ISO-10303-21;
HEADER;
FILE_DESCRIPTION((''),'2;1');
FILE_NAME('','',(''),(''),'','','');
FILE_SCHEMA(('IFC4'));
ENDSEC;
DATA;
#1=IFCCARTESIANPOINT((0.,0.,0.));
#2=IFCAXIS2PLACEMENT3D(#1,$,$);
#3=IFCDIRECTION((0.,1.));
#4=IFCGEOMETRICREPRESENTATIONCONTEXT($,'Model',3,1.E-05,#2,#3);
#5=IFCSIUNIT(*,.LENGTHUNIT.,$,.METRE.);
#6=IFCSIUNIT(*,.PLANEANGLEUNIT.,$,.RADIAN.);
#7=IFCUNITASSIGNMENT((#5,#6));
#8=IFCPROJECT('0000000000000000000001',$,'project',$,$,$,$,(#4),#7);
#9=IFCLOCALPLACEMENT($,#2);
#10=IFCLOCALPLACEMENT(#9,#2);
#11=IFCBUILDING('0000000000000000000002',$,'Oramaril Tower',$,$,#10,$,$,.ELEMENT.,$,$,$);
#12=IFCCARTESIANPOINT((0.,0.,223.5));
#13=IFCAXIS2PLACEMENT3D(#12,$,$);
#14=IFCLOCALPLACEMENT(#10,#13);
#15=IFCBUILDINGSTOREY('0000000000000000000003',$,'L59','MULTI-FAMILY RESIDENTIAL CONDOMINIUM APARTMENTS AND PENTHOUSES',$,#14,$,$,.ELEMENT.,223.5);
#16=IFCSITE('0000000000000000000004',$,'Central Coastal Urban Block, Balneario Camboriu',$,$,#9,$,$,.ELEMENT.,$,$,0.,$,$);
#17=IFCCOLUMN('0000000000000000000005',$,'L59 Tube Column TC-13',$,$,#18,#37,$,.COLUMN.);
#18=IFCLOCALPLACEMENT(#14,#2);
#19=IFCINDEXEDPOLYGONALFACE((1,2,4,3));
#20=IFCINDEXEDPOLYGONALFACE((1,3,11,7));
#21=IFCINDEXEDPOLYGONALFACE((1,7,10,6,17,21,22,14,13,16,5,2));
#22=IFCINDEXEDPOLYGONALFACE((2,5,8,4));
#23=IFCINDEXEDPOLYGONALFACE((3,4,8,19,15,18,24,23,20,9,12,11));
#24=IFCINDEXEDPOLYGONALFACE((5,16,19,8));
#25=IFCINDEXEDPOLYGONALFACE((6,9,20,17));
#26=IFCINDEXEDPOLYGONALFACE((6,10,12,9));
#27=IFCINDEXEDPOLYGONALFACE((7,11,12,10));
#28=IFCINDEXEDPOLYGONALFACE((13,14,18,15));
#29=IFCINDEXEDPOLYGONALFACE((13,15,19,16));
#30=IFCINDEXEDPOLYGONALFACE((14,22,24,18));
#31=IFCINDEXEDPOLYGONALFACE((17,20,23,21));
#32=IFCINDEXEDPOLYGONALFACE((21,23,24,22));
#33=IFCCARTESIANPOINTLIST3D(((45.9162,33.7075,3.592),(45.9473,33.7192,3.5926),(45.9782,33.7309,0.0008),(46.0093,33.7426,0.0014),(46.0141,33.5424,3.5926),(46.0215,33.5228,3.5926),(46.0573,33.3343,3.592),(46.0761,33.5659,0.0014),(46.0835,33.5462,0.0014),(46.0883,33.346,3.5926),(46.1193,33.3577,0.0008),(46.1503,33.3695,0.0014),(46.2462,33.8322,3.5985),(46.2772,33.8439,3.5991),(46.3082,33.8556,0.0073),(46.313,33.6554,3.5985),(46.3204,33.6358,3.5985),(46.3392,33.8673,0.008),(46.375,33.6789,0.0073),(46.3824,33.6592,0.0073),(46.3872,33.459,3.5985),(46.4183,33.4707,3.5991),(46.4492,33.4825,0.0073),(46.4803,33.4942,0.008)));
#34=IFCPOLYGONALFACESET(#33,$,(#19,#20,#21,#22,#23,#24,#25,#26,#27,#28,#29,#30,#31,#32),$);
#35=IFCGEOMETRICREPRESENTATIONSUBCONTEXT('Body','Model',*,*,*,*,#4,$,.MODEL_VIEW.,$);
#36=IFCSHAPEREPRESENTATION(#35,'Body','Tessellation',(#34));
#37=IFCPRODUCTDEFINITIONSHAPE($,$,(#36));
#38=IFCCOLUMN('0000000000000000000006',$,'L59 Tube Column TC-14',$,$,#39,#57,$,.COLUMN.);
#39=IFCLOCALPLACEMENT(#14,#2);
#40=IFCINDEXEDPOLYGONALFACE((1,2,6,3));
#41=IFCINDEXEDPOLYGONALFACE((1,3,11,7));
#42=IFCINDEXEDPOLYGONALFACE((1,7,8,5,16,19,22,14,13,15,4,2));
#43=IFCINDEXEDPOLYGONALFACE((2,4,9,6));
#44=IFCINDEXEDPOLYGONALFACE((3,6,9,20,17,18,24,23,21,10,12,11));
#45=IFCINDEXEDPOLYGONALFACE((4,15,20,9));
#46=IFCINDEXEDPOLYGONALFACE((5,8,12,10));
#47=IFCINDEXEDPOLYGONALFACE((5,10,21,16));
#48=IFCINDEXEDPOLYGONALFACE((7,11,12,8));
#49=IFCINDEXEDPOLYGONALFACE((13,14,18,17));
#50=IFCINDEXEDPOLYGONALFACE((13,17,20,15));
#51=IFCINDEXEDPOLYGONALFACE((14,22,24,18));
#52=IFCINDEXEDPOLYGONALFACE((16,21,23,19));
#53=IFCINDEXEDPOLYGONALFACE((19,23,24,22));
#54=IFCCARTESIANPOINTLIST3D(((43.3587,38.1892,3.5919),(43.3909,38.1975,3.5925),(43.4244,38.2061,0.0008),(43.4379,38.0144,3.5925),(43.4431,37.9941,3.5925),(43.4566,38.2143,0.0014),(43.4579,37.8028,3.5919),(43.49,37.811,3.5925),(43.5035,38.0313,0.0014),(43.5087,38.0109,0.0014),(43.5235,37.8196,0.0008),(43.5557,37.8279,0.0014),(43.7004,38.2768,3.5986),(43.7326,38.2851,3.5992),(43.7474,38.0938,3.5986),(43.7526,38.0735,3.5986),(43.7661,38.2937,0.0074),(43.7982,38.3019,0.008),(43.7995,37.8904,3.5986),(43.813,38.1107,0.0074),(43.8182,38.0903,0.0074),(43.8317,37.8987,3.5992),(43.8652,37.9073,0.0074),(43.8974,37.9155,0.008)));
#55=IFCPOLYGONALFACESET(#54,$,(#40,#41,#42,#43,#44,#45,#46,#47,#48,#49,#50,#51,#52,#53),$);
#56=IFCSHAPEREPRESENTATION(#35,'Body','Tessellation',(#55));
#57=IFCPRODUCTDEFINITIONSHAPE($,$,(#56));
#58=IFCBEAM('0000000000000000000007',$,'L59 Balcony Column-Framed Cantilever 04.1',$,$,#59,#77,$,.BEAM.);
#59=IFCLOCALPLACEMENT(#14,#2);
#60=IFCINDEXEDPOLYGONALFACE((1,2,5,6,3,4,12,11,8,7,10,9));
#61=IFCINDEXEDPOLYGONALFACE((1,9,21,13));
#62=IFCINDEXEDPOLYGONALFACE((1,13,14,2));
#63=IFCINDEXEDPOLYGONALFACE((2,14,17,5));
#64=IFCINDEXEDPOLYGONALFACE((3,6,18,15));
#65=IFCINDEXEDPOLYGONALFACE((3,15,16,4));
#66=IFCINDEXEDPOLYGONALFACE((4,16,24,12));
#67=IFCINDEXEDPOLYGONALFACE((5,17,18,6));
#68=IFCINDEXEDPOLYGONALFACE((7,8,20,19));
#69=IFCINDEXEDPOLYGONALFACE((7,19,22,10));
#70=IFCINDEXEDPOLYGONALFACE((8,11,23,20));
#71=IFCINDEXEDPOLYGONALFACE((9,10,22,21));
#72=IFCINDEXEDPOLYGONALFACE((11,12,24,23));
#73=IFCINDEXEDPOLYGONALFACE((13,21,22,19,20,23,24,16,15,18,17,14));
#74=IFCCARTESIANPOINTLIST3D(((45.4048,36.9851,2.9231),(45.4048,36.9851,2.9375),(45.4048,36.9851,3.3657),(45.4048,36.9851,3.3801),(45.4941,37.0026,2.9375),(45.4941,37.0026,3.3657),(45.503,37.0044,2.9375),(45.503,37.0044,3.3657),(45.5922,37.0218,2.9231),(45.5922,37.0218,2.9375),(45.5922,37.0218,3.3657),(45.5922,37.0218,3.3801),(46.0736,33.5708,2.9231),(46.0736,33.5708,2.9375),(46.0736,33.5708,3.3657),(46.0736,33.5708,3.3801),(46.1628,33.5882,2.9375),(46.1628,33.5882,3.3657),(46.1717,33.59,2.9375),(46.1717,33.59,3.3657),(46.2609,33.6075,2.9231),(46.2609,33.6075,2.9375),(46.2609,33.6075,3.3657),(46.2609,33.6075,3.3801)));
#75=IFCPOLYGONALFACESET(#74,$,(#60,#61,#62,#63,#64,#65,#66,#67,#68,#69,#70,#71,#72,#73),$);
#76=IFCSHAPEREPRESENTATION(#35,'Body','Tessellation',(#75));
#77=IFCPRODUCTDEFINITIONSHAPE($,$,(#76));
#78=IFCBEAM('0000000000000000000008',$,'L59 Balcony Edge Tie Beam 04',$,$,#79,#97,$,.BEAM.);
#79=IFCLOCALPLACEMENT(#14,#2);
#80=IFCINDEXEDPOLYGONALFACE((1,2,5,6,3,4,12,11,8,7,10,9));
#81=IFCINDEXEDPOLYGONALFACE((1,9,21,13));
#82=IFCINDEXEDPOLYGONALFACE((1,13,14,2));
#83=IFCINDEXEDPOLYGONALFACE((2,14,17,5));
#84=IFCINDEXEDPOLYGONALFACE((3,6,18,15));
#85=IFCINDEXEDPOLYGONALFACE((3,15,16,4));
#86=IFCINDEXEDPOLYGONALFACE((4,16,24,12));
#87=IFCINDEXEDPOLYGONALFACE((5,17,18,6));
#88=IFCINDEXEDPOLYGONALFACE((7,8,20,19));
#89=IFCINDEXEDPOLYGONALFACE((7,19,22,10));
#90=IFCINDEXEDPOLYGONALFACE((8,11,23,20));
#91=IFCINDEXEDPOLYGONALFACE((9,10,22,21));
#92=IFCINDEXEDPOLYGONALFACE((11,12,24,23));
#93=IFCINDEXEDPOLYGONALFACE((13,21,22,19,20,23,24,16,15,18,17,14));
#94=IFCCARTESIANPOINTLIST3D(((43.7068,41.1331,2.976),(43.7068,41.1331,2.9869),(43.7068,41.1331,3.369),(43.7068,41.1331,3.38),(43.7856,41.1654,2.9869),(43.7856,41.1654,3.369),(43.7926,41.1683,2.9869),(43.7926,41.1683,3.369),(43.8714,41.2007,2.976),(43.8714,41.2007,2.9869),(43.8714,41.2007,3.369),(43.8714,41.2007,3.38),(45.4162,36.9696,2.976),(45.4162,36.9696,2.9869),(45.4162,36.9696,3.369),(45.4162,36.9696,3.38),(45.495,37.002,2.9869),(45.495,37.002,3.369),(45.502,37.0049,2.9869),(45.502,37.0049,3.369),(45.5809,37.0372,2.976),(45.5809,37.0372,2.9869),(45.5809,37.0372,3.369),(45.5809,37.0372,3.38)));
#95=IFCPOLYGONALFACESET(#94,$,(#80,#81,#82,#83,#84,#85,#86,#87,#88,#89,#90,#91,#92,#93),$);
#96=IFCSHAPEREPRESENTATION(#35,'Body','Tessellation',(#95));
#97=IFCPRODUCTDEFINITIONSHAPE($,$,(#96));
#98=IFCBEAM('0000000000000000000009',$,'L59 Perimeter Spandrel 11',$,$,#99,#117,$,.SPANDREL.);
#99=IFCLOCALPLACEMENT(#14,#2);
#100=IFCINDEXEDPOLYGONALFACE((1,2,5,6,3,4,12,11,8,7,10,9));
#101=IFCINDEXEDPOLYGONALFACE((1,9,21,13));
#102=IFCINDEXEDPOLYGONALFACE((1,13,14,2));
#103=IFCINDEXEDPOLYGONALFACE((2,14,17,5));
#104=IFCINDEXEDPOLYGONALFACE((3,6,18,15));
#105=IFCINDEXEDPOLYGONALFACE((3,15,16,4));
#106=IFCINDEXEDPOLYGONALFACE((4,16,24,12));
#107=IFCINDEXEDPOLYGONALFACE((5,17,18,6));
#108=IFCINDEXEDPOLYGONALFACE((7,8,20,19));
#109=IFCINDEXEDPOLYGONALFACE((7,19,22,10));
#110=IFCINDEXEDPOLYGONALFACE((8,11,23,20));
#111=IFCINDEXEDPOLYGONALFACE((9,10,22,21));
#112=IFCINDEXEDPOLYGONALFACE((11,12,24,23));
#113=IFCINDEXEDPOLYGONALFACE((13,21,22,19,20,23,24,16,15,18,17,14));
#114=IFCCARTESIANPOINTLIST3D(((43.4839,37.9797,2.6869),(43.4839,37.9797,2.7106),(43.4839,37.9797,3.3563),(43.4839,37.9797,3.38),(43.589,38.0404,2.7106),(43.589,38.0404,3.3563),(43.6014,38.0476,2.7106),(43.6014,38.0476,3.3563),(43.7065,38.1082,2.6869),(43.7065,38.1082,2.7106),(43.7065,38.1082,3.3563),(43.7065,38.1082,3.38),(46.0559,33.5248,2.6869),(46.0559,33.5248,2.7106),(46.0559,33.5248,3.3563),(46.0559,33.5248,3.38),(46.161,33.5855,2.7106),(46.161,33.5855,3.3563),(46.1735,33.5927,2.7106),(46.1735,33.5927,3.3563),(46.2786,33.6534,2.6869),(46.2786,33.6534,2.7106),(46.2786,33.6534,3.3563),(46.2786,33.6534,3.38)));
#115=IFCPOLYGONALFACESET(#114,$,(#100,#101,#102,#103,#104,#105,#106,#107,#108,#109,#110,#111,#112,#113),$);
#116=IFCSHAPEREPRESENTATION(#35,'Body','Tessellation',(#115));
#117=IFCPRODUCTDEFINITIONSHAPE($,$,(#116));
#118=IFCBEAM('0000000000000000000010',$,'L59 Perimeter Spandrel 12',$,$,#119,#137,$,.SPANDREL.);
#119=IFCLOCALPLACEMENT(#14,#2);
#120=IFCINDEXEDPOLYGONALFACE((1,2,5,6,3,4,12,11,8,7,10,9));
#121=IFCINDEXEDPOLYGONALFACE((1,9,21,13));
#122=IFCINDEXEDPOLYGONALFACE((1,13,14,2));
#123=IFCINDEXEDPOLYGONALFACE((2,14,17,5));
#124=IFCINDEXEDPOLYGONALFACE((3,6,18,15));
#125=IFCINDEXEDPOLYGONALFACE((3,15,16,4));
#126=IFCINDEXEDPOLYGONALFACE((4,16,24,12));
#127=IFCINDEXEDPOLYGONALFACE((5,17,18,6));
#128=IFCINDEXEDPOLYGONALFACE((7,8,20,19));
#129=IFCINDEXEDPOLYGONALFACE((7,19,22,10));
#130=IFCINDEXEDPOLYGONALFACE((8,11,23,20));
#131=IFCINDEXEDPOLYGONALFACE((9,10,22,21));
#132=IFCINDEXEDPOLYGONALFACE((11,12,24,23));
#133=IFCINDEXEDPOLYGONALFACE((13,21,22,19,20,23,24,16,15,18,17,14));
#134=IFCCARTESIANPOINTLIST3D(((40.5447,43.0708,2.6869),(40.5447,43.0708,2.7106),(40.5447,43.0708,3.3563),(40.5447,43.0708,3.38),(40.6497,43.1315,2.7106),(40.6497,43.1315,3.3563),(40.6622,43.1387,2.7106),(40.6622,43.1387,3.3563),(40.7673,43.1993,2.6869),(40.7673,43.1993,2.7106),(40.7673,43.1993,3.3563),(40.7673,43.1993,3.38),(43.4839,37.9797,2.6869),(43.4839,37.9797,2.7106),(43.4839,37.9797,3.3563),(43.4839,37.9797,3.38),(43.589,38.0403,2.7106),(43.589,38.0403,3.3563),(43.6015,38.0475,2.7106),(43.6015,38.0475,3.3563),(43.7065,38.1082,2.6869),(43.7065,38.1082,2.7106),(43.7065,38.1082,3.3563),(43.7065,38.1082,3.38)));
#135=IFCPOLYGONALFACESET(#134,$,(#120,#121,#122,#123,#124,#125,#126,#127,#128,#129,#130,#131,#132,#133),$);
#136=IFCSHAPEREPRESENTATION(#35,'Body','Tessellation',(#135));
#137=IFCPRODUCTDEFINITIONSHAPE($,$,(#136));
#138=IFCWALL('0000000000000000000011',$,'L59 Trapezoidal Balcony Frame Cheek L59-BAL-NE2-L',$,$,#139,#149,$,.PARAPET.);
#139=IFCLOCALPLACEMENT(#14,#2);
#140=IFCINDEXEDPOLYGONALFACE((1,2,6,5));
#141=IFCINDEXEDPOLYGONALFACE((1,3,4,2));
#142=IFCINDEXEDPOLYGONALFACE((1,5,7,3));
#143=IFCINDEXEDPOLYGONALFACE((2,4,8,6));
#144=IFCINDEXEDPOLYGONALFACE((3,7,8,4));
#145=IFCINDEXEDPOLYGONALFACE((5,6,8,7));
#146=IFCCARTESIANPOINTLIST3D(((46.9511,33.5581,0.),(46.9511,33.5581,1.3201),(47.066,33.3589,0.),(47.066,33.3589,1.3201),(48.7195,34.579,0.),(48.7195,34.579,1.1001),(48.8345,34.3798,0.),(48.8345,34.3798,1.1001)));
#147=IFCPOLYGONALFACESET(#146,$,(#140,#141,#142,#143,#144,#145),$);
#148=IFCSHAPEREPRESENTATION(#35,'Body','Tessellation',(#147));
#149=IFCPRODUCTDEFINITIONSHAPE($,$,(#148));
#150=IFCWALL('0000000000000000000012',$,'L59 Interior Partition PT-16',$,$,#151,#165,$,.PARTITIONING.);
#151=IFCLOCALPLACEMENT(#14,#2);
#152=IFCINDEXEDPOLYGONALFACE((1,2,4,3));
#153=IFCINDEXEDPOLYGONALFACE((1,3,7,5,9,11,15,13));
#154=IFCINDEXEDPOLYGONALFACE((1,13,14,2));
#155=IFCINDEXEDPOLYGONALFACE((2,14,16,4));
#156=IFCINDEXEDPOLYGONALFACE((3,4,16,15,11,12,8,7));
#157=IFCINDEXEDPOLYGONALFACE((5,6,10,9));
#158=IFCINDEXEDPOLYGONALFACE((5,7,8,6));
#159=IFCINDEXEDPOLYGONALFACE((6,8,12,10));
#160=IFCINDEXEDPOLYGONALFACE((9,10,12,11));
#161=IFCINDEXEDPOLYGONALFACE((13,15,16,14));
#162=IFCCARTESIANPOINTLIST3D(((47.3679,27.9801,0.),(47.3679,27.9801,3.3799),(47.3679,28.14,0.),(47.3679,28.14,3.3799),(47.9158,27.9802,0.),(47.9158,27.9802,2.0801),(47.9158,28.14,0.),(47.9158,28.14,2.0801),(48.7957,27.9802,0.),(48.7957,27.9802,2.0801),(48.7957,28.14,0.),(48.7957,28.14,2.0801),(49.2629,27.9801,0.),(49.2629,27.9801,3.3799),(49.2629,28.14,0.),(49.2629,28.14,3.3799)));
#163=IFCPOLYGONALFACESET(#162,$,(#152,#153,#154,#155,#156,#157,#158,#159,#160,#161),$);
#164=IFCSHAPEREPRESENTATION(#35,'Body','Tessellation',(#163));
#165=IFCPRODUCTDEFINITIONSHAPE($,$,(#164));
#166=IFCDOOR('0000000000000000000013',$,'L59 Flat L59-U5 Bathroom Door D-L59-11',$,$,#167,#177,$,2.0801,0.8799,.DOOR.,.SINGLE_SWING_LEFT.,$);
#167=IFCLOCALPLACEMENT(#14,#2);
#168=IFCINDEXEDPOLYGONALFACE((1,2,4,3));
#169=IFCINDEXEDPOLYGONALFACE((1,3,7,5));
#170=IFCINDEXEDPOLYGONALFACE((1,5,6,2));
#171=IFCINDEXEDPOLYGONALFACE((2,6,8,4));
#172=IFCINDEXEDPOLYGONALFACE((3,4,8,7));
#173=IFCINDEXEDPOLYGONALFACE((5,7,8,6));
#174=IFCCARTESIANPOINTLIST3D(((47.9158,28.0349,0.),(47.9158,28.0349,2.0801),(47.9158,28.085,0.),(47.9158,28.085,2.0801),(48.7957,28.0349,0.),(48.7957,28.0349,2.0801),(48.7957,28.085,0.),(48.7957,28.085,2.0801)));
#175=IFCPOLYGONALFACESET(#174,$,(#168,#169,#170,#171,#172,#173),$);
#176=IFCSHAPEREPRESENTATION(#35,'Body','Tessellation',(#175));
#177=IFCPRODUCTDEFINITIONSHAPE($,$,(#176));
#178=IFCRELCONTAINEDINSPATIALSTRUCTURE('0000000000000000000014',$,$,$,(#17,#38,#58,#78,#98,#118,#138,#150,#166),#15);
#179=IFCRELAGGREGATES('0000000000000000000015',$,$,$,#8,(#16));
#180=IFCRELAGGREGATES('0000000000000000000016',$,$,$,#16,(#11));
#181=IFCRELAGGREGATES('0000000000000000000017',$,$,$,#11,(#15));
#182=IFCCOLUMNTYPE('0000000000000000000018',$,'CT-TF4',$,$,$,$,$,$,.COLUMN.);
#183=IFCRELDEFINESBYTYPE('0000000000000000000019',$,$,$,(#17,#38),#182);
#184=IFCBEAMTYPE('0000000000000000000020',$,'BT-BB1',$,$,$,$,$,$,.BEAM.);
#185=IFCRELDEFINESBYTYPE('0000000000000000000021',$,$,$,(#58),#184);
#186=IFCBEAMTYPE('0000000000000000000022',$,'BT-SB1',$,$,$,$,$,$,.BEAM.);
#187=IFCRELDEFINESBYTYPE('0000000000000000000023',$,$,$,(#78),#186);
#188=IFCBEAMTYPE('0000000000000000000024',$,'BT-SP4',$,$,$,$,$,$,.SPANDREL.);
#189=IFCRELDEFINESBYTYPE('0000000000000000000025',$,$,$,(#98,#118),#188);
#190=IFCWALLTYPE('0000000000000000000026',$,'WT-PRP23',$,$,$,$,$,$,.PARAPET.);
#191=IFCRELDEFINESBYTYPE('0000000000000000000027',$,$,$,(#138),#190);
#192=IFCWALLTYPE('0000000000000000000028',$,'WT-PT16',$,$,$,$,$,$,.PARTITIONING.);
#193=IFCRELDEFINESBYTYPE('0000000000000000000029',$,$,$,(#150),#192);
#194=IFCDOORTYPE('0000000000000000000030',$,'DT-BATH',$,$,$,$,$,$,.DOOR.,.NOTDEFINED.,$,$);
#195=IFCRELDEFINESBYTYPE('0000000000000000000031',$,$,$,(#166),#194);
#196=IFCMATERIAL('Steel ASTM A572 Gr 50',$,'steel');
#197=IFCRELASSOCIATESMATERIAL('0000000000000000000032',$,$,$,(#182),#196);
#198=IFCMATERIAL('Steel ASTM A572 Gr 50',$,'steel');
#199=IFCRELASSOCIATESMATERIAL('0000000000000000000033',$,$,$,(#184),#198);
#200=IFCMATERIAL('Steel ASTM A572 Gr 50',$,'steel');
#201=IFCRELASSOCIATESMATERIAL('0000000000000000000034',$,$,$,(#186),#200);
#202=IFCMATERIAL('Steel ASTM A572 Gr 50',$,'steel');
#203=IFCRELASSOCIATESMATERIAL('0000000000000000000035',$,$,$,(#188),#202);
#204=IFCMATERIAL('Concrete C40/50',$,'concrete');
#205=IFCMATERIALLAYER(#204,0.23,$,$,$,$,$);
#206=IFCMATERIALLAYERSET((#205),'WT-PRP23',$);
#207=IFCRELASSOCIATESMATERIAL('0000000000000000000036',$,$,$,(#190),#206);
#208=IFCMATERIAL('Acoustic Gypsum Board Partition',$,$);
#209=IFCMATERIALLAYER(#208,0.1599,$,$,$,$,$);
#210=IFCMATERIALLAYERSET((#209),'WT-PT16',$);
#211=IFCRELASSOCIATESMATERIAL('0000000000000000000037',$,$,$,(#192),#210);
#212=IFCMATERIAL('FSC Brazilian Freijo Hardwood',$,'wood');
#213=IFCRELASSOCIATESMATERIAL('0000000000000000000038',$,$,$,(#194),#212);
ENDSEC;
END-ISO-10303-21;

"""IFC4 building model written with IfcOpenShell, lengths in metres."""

from ifc_helpers import new_model, si_unit, direction, frame, frame_2d, origin, origin_2d, place, context, subcontext, project, spatial, polyline, rectangle, i_section, outline, extrude, material, layer, layer_set, material_profile, profile_set, type_object, element, fill, save


model = new_model("IFC4")

# Units and contexts
model_context = context("Model", 3, precision=1e-05, world=origin(), true_north=direction((0.0, 1.0)))
body_context = subcontext(model_context, "Body", "Model", "MODEL_VIEW")
ifc_project = project(units=[si_unit("LENGTHUNIT", "METRE"), si_unit("PLANEANGLEUNIT", "RADIAN")], contexts=[model_context])

# Site, building, storey
site_placement = place(None, origin())
site = spatial("IfcSite", under=ifc_project, at=site_placement, Name="Central Coastal Urban Block, Balneario Camboriu", CompositionType="ELEMENT", RefElevation=0.0)
building_placement = place(site_placement, origin())
building = spatial("IfcBuilding", under=site, at=building_placement, Name="Oramaril Tower", CompositionType="ELEMENT")
storey_placement = place(building_placement, frame((0.0, 0.0, 223.5)))
storey = spatial("IfcBuildingStorey", under=building, at=storey_placement, Name="L59", Description="MULTI-FAMILY RESIDENTIAL CONDOMINIUM APARTMENTS AND PENTHOUSES", CompositionType="ELEMENT", Elevation=223.5)

# Columns
ifc_material_1 = material(Name="Steel ASTM A572 Gr 50", Category="steel")
ifc_material_profile_1 = material_profile(ifc_material_1, i_section(OverallWidth=0.3989, OverallDepth=0.386, WebThickness=0.021, FlangeThickness=0.0332, at=origin_2d()), Name="W14X176")
ifc_profile_set_1 = profile_set([ifc_material_profile_1], Name="Steel ASTM A572 Gr 50")
column_type = type_object("IfcColumnType", Name="CT-TF4", PredefinedType="COLUMN", material=ifc_profile_set_1)
for number, where, z_axis, x_axis, name in (
    (1, (46.2292, 33.6125, 0.0044), (-0.017265, -0.006526, 0.99983), (0.353544, -0.935418, 0.0), "L59 Tube Column TC-13"),
    (2, (43.6609, 38.0608, 0.0044), (-0.018285, -0.00469, 0.999822), (0.248462, -0.968642, 0.0), "L59 Tube Column TC-14"),
):
    element("IfcColumn", number, at=place(storey_placement, frame(where, z_axis=z_axis, x_axis=x_axis)), inside=storey, type_object=column_type, Name=name, PredefinedType="COLUMN", context=body_context, shape_type="SweptSolid", body=[
        extrude(i_section(OverallWidth=0.3989, OverallDepth=0.386, WebThickness=0.021, FlangeThickness=0.0332, at=origin_2d()), origin(), (0.0, 0.0, 1.0), 3.5918),
    ])

# Beams
ifc_material_2 = material(Name="Steel ASTM A572 Gr 50", Category="steel")
ifc_material_profile_2 = material_profile(ifc_material_2, i_section(OverallWidth=0.1909, OverallDepth=0.457, WebThickness=0.009, FlangeThickness=0.0144, at=origin_2d()), Name="W18X50")
ifc_profile_set_2 = profile_set([ifc_material_profile_2], Name="Steel ASTM A572 Gr 50")
beam_type_1 = type_object("IfcBeamType", Name="BT-BB1", PredefinedType="BEAM", material=ifc_profile_set_2)
beam_1_placement = place(storey_placement, frame((46.1672, 33.5891, 3.1516), z_axis=(-0.192201, 0.981356, 0.0), x_axis=(-0.981356, -0.192201, 0.0)))
element("IfcBeam", 3, at=beam_1_placement, inside=storey, type_object=beam_type_1, Name="L59 Balcony Column-Framed Cantilever 04.1", PredefinedType="BEAM", context=body_context, shape_type="SweptSolid", body=[
    extrude(i_section(OverallWidth=0.1909, OverallDepth=0.457, WebThickness=0.009, FlangeThickness=0.0144, at=origin_2d()), origin(), (0.0, 0.0, 1.0), 3.4792),
])
ifc_material_3 = material(Name="Steel ASTM A572 Gr 50", Category="steel")
ifc_material_profile_3 = material_profile(ifc_material_3, i_section(OverallWidth=0.178, OverallDepth=0.4041, WebThickness=0.0076, FlangeThickness=0.011, at=origin_2d()), Name="W16X36")
ifc_profile_set_3 = profile_set([ifc_material_profile_3], Name="Steel ASTM A572 Gr 50")
beam_type_2 = type_object("IfcBeamType", Name="BT-SB1", PredefinedType="BEAM", material=ifc_profile_set_3)
beam_2_placement = place(storey_placement, frame((45.4985, 37.0034, 3.178), z_axis=(-0.379811, 0.925064, 0.0), x_axis=(-0.925064, -0.379811, 0.0)))
element("IfcBeam", 4, at=beam_2_placement, inside=storey, type_object=beam_type_2, Name="L59 Balcony Edge Tie Beam 04", PredefinedType="BEAM", context=body_context, shape_type="SweptSolid", body=[
    extrude(i_section(OverallWidth=0.178, OverallDepth=0.4041, WebThickness=0.0076, FlangeThickness=0.011, at=origin_2d()), origin(), (0.0, 0.0, 1.0), 4.5007),
])
ifc_material_4 = material(Name="Steel ASTM A572 Gr 50", Category="steel")
ifc_material_profile_4 = material_profile(ifc_material_4, i_section(OverallWidth=0.2571, OverallDepth=0.6931, WebThickness=0.0144, FlangeThickness=0.0237, at=origin_2d()), Name="W27X114")
ifc_profile_set_4 = profile_set([ifc_material_profile_4], Name="Steel ASTM A572 Gr 50")
beam_type_3 = type_object("IfcBeamType", Name="BT-SP4", PredefinedType="SPANDREL", material=ifc_profile_set_4)
beam_3_placement = place(storey_placement, frame((46.1672, 33.5891, 3.0334), z_axis=(-0.500003, 0.866024, 0.0), x_axis=(-0.866024, -0.500003, 0.0)))
element("IfcBeam", 5, at=beam_3_placement, inside=storey, type_object=beam_type_3, Name="L59 Perimeter Spandrel 11", PredefinedType="SPANDREL", context=body_context, shape_type="SweptSolid", body=[
    extrude(i_section(OverallWidth=0.2571, OverallDepth=0.6931, WebThickness=0.0144, FlangeThickness=0.0237, at=origin_2d()), origin(), (0.0, 0.0, 1.0), 5.144),
])
beam_4_placement = place(storey_placement, frame((43.5952, 38.0439, 3.0334), z_axis=(-0.499985, 0.866034, 0.0), x_axis=(-0.866034, -0.499985, 0.0)))
element("IfcBeam", 6, at=beam_4_placement, inside=storey, type_object=beam_type_3, Name="L59 Perimeter Spandrel 12", PredefinedType="SPANDREL", context=body_context, shape_type="SweptSolid", body=[
    extrude(i_section(OverallWidth=0.2571, OverallDepth=0.6931, WebThickness=0.0144, FlangeThickness=0.0237, at=origin_2d()), origin(), (0.0, 0.0, 1.0), 5.8787),
])

# Wall
ifc_material_5 = material(Name="Concrete C40/50", Category="concrete")
ifc_layer_1 = layer(ifc_material_5, 0.23)
ifc_layer_set_1 = layer_set([ifc_layer_1], Name="WT-PRP23")
wall_type_1 = type_object("IfcWallType", Name="WT-PRP23", PredefinedType="PARAPET", material=ifc_layer_set_1)
wall_1_placement = place(storey_placement, frame((47.0085, 33.4585, 0.0), z_axis=(0.0, 0.0, 1.0), x_axis=(0.866042, 0.499971, 0.0)))
element("IfcWall", 7, at=wall_1_placement, inside=storey, type_object=wall_type_1, Name="L59 Trapezoidal Balcony Frame Cheek L59-BAL-NE2-L", PredefinedType="PARAPET", context=body_context, shape_type="SweptSolid", body=[
    extrude(outline(polyline([(0.0, 0.0), (2.042, 0.0), (2.042, 1.1001), (0.0, 1.3201), (0.0, 0.0)])), frame((0.0, 0.115, 0.0), z_axis=(0.0, -1.0, 0.0), x_axis=(1.0, 0.0, 0.0)), (0.0, 0.0, 1.0), 0.23),
])

# Wall, opening, door
ifc_material_6 = material(Name="Acoustic Gypsum Board Partition")
ifc_layer_2 = layer(ifc_material_6, 0.1599)
ifc_layer_set_2 = layer_set([ifc_layer_2], Name="WT-PT16")
wall_type_2 = type_object("IfcWallType", Name="WT-PT16", PredefinedType="PARTITIONING", material=ifc_layer_set_2)
wall_2_placement = place(storey_placement, frame((47.3679, 28.0601, 0.0), z_axis=(0.0, 0.0, 1.0), x_axis=(1.0, 0.0, 0.0)))
wall_2 = element("IfcWall", 8, at=wall_2_placement, inside=storey, type_object=wall_type_2, Name="L59 Interior Partition PT-16", PredefinedType="PARTITIONING", context=body_context, shape_type="SweptSolid", body=[
    extrude(rectangle(XDim=1.895, YDim=0.1599, at=frame_2d((0.9475, 0.0))), origin(), (0.0, 0.0, 1.0), 3.3799),
])
opening_placement = place(wall_2_placement, frame((0.5479, 0.0, 0.0)))
opening = element("IfcOpeningElement", 9, at=opening_placement, cuts=wall_2, PredefinedType="OPENING", context=body_context, shape_type="SweptSolid", body=[
    extrude(rectangle(XDim=0.8799, YDim=2.0801, at=frame_2d((0.4399, 1.04))), frame((0.0, 0.0801, 0.0), z_axis=(0.0, -1.0, 0.0), x_axis=(1.0, 0.0, 0.0)), (0.0, 0.0, 1.0), 0.1599),
])
ifc_material_7 = material(Name="FSC Brazilian Freijo Hardwood", Category="wood")
door_type = type_object("IfcDoorType", Name="DT-BATH", OperationType="NOTDEFINED", PredefinedType="DOOR", material=ifc_material_7)
door_placement = place(opening_placement, origin())
door = element("IfcDoor", 10, at=door_placement, inside=storey, type_object=door_type, Name="L59 Flat L59-U5 Bathroom Door D-L59-11", OperationType="SINGLE_SWING_LEFT", OverallHeight=2.0801, OverallWidth=0.8799, PredefinedType="DOOR", context=body_context, shape_type="SweptSolid", body=[
    extrude(rectangle(XDim=0.8799, YDim=2.0801, at=frame_2d((0.4399, 1.04))), frame((0.0, 0.0249, 0.0), z_axis=(0.0, -1.0, 0.0), x_axis=(1.0, 0.0, 0.0)), (0.0, 0.0, 1.0), 0.05),
])
fill(opening, door)

save(model, "model.ifc")
